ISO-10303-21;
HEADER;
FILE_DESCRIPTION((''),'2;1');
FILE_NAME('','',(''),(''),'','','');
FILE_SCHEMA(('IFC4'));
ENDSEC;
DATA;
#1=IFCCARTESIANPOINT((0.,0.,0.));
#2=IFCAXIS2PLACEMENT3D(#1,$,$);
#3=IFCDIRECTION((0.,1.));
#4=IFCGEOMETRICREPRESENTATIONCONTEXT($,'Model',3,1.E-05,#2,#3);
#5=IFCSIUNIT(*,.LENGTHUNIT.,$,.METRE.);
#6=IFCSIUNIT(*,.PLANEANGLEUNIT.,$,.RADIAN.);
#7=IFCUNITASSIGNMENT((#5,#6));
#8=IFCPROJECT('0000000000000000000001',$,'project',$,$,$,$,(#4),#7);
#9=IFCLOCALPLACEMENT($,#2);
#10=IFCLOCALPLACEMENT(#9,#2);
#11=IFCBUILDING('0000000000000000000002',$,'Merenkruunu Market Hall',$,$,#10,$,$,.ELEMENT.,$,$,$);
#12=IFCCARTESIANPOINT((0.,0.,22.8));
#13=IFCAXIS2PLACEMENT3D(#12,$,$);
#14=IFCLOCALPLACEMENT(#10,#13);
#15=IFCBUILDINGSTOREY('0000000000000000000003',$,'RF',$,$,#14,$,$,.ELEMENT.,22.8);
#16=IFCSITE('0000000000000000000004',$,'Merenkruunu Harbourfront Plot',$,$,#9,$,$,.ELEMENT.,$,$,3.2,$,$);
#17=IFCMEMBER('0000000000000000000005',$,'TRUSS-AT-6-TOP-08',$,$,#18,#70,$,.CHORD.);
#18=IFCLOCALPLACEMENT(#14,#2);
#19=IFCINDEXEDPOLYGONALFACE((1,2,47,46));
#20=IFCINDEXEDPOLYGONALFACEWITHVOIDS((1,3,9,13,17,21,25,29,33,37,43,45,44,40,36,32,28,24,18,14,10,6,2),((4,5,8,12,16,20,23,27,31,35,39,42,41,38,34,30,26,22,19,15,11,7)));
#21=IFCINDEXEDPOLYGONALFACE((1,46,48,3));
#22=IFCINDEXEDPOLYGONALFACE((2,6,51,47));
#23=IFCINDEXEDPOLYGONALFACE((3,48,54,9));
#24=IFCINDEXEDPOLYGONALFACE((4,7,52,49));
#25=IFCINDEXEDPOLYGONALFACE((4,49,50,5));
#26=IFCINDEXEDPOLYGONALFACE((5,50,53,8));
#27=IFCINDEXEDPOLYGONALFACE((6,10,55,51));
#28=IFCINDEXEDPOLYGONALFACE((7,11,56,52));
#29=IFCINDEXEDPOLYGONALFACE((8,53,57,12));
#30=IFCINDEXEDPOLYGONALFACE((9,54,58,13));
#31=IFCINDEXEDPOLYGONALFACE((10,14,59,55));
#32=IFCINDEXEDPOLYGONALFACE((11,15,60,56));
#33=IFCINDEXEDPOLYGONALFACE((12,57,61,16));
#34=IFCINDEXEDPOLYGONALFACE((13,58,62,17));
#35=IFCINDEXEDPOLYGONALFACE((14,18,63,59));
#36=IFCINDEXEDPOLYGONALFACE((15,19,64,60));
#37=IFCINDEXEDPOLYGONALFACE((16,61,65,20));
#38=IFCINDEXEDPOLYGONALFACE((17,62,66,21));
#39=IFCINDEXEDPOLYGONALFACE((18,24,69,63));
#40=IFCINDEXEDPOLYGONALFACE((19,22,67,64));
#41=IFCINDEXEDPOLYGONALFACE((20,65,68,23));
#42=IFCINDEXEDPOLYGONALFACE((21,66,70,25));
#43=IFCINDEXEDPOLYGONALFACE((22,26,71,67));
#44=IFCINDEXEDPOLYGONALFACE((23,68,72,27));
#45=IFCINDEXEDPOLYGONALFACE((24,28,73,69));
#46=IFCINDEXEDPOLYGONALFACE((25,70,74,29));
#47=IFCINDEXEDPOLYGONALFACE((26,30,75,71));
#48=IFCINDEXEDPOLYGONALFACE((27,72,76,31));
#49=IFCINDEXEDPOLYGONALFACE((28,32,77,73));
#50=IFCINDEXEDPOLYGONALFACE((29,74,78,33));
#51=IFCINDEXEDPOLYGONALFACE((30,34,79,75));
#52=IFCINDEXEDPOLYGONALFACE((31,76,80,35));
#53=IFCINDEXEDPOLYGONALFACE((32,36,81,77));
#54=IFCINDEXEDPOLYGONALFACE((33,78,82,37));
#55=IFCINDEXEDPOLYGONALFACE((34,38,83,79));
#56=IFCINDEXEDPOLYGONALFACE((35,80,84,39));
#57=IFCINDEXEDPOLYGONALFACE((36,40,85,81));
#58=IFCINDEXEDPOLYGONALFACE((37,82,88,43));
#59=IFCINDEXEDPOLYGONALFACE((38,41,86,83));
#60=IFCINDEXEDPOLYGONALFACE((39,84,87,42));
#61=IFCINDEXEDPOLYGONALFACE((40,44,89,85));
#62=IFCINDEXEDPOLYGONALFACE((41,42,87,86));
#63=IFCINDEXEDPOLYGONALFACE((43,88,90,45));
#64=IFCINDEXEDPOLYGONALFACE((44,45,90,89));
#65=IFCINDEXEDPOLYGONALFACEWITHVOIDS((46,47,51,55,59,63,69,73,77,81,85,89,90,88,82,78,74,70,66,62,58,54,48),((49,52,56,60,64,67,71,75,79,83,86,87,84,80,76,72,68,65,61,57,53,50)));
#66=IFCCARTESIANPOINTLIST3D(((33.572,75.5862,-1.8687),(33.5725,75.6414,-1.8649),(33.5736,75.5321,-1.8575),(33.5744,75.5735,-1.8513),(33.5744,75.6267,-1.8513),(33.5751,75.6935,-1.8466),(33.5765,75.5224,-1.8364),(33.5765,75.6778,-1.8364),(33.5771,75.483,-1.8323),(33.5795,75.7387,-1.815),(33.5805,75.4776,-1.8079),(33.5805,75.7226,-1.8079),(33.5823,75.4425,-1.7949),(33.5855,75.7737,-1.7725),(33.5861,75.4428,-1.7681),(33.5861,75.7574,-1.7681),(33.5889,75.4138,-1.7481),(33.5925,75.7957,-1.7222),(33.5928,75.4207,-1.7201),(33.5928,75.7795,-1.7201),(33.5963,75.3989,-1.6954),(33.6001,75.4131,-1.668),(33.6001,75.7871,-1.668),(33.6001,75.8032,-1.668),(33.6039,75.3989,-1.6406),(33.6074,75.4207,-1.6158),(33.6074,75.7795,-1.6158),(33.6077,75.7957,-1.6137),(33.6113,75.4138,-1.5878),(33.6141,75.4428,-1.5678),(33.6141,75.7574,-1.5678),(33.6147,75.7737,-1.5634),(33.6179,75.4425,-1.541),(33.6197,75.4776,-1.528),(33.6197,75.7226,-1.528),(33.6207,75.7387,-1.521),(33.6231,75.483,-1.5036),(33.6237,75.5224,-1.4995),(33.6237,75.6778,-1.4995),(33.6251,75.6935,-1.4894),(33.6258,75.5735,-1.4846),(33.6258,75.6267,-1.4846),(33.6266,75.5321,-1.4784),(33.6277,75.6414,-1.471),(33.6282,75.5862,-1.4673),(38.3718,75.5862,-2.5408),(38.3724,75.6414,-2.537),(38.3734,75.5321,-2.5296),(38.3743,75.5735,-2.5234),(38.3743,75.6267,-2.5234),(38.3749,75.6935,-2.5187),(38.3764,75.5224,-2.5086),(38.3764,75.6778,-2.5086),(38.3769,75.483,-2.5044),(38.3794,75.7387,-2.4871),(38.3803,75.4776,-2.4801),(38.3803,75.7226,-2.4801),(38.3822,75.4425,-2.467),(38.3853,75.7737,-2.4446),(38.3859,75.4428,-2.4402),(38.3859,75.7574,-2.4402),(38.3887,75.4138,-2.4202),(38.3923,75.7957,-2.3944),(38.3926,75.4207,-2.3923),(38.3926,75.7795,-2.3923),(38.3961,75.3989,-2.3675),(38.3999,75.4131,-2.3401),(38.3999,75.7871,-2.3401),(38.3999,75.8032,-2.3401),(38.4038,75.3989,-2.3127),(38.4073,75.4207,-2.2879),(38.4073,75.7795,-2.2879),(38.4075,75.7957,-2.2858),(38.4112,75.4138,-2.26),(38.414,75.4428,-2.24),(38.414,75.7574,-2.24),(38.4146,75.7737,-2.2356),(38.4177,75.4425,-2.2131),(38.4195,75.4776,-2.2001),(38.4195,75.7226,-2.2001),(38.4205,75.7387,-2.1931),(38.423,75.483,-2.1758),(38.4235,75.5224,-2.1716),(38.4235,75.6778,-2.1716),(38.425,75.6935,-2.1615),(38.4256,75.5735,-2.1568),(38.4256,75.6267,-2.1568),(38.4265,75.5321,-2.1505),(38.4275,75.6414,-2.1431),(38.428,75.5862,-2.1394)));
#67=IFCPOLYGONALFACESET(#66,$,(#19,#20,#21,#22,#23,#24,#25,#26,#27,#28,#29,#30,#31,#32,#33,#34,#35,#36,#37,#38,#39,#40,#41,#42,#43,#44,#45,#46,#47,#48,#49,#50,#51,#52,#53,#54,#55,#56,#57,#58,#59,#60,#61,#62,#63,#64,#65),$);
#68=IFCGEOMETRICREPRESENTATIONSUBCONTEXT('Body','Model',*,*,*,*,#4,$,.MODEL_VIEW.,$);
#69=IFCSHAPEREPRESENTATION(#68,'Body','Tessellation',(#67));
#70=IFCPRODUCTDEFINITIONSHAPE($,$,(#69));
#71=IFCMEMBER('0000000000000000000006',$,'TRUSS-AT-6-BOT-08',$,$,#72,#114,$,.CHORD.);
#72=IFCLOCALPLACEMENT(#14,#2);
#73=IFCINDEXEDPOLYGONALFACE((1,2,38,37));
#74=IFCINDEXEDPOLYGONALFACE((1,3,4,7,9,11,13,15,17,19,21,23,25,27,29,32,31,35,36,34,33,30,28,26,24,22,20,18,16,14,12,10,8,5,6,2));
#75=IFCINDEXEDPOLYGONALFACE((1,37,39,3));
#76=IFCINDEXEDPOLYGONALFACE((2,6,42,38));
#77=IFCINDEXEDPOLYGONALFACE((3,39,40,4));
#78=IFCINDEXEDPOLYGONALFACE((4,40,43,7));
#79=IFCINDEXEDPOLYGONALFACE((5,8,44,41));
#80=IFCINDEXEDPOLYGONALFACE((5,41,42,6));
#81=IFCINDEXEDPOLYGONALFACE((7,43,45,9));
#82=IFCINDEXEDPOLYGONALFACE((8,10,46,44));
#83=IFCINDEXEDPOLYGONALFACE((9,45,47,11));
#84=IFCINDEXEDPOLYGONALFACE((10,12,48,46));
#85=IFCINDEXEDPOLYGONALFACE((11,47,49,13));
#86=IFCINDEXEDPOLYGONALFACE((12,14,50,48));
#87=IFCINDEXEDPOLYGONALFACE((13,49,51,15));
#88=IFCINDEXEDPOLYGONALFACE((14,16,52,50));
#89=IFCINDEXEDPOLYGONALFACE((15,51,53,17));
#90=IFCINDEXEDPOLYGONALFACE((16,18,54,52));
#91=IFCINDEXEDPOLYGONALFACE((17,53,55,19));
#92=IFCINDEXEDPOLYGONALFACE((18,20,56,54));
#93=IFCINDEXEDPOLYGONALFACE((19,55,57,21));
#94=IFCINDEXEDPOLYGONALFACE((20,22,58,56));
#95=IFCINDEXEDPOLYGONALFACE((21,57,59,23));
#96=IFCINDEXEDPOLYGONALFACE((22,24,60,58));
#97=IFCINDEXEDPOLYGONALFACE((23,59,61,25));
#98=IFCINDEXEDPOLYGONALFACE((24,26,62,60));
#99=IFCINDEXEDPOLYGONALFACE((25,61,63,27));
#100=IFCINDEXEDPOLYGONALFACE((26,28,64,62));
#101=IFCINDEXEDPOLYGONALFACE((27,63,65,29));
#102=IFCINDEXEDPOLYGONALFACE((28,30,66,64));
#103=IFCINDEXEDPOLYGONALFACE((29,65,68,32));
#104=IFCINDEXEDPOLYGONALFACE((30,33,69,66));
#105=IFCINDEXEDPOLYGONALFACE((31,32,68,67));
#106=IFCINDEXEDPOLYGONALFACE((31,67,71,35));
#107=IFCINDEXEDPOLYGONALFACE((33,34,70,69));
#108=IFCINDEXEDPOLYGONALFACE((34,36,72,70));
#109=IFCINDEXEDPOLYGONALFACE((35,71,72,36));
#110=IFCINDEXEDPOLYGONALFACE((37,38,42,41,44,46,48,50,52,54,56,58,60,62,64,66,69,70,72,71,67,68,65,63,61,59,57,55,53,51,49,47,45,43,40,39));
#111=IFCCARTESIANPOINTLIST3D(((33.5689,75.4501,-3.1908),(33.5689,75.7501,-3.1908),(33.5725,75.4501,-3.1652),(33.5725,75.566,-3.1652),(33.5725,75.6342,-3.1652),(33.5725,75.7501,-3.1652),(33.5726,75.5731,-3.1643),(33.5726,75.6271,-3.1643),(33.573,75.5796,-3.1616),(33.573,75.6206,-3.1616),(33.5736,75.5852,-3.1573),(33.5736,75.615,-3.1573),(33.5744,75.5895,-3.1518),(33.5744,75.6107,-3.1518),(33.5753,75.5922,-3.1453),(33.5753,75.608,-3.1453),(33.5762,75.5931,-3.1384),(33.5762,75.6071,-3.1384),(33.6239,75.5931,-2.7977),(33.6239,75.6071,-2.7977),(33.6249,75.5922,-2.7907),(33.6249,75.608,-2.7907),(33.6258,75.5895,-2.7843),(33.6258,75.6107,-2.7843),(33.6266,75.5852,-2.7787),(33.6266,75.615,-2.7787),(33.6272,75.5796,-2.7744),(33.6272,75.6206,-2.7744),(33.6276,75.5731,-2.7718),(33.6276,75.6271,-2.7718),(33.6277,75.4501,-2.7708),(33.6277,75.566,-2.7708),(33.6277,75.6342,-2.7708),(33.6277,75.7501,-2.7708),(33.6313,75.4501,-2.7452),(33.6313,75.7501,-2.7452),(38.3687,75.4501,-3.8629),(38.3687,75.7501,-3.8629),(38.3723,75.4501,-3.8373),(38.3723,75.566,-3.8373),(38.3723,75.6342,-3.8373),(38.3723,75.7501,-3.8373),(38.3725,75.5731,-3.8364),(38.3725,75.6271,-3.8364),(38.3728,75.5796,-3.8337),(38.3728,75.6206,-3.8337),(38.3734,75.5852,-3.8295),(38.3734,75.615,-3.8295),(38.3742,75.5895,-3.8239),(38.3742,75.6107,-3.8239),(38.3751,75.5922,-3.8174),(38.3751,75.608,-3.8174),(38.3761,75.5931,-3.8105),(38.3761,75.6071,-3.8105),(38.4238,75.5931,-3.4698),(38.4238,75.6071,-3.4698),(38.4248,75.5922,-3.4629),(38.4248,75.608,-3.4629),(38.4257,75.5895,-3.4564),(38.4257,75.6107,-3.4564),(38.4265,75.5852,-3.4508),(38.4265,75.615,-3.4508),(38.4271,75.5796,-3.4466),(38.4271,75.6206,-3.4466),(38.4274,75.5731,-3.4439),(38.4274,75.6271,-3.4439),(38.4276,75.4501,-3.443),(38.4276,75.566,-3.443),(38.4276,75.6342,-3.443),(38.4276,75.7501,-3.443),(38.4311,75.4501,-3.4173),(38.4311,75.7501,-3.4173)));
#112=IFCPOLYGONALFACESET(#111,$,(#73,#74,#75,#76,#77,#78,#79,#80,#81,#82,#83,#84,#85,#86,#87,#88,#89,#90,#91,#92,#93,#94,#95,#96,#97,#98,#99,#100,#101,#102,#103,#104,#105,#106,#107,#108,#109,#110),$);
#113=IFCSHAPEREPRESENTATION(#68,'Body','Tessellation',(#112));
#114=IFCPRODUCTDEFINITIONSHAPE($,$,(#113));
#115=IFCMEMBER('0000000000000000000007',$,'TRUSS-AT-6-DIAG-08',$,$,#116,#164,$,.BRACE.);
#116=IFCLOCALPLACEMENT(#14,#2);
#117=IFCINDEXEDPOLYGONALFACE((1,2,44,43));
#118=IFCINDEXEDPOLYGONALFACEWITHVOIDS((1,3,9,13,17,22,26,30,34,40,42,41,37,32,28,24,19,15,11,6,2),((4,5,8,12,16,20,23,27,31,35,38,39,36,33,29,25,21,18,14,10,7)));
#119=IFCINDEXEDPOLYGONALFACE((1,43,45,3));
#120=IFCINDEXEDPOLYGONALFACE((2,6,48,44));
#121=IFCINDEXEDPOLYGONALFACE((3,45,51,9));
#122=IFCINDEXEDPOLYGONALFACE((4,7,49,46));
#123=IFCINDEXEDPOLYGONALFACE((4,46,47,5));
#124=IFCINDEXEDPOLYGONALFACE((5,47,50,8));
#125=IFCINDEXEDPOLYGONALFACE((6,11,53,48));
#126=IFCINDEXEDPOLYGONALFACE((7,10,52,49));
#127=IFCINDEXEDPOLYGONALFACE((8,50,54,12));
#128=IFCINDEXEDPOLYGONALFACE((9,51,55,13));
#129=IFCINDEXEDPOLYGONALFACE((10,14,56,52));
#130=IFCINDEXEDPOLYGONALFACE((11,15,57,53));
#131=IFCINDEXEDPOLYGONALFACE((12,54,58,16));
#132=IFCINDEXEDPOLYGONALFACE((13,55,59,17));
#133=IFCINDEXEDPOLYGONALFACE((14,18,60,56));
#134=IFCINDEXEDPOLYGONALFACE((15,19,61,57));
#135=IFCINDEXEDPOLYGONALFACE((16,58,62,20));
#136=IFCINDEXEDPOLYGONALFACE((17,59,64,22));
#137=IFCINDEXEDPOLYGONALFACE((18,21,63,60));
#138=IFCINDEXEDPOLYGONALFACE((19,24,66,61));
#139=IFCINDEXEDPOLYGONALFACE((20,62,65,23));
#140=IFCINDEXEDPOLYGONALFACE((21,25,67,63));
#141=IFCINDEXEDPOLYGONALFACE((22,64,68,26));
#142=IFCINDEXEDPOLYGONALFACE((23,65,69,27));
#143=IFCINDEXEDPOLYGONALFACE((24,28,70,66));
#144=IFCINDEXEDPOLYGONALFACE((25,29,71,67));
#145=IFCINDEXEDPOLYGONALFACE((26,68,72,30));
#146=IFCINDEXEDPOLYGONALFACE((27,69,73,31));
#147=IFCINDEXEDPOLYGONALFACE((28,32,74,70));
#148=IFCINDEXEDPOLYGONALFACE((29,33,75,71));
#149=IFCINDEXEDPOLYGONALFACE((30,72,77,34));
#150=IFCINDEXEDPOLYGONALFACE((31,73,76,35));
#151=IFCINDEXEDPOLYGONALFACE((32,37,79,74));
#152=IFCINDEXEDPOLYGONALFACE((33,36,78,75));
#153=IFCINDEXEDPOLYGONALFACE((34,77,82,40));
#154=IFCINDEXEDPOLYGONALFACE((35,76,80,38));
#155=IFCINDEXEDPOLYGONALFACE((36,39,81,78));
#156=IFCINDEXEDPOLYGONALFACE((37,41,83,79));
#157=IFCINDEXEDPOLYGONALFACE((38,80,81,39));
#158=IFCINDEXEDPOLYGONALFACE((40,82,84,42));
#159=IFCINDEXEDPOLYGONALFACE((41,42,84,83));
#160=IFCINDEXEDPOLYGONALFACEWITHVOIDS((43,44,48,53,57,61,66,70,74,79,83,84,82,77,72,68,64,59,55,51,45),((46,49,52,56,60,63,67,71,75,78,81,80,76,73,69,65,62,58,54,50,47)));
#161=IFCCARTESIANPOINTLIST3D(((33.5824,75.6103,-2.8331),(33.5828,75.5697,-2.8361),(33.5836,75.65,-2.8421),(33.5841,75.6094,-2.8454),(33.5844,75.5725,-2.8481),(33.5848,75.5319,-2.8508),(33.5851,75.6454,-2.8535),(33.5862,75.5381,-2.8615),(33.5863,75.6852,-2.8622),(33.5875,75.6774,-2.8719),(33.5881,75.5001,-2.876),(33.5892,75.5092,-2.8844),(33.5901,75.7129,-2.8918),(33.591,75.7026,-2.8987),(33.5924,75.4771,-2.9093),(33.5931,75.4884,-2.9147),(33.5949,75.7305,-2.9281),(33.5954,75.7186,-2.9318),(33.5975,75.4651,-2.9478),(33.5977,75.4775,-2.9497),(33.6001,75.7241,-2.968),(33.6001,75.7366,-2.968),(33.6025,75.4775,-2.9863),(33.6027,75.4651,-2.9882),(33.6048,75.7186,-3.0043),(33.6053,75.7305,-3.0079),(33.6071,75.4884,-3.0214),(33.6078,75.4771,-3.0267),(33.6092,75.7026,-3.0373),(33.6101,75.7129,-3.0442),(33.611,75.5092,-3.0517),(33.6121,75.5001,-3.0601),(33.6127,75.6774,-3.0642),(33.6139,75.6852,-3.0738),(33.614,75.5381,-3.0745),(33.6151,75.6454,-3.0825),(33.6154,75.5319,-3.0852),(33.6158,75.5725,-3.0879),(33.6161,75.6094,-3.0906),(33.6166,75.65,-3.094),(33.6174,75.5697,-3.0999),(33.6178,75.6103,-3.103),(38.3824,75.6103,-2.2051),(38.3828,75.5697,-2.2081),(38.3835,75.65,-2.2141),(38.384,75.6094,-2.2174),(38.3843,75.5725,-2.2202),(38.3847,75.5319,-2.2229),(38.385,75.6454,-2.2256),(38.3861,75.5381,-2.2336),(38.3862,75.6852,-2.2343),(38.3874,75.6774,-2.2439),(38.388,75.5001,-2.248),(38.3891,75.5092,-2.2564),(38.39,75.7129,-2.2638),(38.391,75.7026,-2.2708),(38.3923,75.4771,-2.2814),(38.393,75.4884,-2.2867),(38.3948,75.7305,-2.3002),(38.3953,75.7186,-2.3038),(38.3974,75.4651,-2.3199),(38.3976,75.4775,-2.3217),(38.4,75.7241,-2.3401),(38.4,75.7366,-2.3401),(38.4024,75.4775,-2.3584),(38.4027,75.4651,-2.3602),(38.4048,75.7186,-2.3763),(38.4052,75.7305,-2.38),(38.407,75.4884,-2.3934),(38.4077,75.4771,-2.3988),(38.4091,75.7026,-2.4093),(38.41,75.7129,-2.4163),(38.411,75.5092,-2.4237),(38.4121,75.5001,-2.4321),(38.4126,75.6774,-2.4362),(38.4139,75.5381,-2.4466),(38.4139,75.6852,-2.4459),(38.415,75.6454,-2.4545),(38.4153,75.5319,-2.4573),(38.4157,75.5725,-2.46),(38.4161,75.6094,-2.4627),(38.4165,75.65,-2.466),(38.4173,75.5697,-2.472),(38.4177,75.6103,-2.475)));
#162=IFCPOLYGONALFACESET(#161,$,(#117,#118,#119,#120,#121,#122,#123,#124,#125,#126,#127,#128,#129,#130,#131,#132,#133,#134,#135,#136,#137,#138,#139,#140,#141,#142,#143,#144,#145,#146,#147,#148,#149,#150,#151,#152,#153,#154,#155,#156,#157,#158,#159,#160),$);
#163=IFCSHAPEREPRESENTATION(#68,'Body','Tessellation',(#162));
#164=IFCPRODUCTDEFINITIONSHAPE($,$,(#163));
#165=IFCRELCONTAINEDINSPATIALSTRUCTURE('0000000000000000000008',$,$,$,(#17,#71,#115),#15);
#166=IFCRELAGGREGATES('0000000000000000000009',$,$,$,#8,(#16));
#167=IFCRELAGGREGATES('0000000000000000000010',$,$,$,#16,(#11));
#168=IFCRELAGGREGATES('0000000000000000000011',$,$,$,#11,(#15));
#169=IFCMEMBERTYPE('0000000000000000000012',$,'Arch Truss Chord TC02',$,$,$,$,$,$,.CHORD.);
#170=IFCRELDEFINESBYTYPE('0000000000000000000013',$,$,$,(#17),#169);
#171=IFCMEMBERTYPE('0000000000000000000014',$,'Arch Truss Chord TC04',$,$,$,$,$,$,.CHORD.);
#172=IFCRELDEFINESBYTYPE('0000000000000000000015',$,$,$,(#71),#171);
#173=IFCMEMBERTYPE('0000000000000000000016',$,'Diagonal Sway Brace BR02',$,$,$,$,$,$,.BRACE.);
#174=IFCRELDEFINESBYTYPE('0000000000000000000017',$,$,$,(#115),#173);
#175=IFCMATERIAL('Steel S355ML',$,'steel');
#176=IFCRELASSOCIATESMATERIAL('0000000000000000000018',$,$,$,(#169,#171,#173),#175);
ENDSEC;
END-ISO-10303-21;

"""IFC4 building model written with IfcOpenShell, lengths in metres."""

from ifc_helpers import new_model, si_unit, direction, frame, origin, origin_2d, place, context, subcontext, project, spatial, hollow_circle, i_section, extrude, material, material_profile, profile_set, type_object, element, save


model = new_model("IFC4")

# Units and contexts
model_context = context("Model", 3, precision=1e-05, world=origin(), true_north=direction((0.0, 1.0)))
body_context = subcontext(model_context, "Body", "Model", "MODEL_VIEW")
ifc_project = project(units=[si_unit("LENGTHUNIT", "METRE"), si_unit("PLANEANGLEUNIT", "RADIAN")], contexts=[model_context])

# Site, building, storey
site_placement = place(None, origin())
site = spatial("IfcSite", under=ifc_project, at=site_placement, Name="Merenkruunu Harbourfront Plot", CompositionType="ELEMENT", RefElevation=3.2)
building_placement = place(site_placement, origin())
building = spatial("IfcBuilding", under=site, at=building_placement, Name="Merenkruunu Market Hall", CompositionType="ELEMENT")
storey_placement = place(building_placement, frame((0.0, 0.0, 22.8)))
storey = spatial("IfcBuildingStorey", under=building, at=storey_placement, Name="RF", CompositionType="ELEMENT", Elevation=22.8)

# Members
ifc_material_1 = material(Name="Steel S355ML", Category="steel")
ifc_material_profile_1 = material_profile(ifc_material_1, hollow_circle(Radius=0.2031, WallThickness=0.0161, at=origin_2d()), Name="CHS 406.4x16")
ifc_profile_set_1 = profile_set([ifc_material_profile_1], Name="Steel S355ML")
member_type_1 = type_object("IfcMemberType", Name="Arch Truss Chord TC02", PredefinedType="CHORD", material=ifc_profile_set_1)
member_1_placement = place(storey_placement, frame((33.6001, 75.6001, -1.668), z_axis=(0.990338, 0.0, -0.138677), x_axis=(0.0, 1.0, 0.0)))
element("IfcMember", 1, at=member_1_placement, inside=storey, type_object=member_type_1, Name="TRUSS-AT-6-TOP-08", PredefinedType="CHORD", context=body_context, shape_type="SweptSolid", body=[
    extrude(hollow_circle(Radius=0.2031, WallThickness=0.0161, at=origin_2d()), origin(), (0.0, 0.0, 1.0), 4.8467),
])
ifc_material_profile_2 = material_profile(ifc_material_1, i_section(OverallWidth=0.3, OverallDepth=0.45, WebThickness=0.0139, FlangeThickness=0.0259, FilletRadius=0.0271, at=origin_2d()), Name="HEB 450")
ifc_profile_set_2 = profile_set([ifc_material_profile_2], Name="Steel S355ML")
member_type_2 = type_object("IfcMemberType", Name="Arch Truss Chord TC04", PredefinedType="CHORD", material=ifc_profile_set_2)
member_2_placement = place(storey_placement, frame((33.6001, 75.6001, -2.968), z_axis=(0.990338, 0.0, -0.138677), x_axis=(0.0, 1.0, 0.0)))
element("IfcMember", 2, at=member_2_placement, inside=storey, type_object=member_type_2, Name="TRUSS-AT-6-BOT-08", PredefinedType="CHORD", context=body_context, shape_type="SweptSolid", body=[
    extrude(i_section(OverallWidth=0.3, OverallDepth=0.45, WebThickness=0.0139, FlangeThickness=0.0259, FilletRadius=0.0271, at=origin_2d()), origin(), (0.0, 0.0, 1.0), 4.8467),
])
ifc_material_profile_3 = material_profile(ifc_material_1, hollow_circle(Radius=0.1365, WallThickness=0.0125, at=origin_2d()), Name="CHS 273x12.5")
ifc_profile_set_3 = profile_set([ifc_material_profile_3], Name="Steel S355ML")
member_type_3 = type_object("IfcMemberType", Name="Diagonal Sway Brace BR02", PredefinedType="BRACE", material=ifc_profile_set_3)
member_3_placement = place(storey_placement, frame((33.6001, 75.6001, -2.968), z_axis=(0.991551, 0.0, 0.129719), x_axis=(0.0, 1.0, 0.0)))
element("IfcMember", 3, at=member_3_placement, inside=storey, type_object=member_type_3, Name="TRUSS-AT-6-DIAG-08", PredefinedType="BRACE", context=body_context, shape_type="SweptSolid", body=[
    extrude(hollow_circle(Radius=0.1365, WallThickness=0.0125, at=origin_2d()), origin(), (0.0, 0.0, 1.0), 4.8408),
])

save(model, "model.ifc")
